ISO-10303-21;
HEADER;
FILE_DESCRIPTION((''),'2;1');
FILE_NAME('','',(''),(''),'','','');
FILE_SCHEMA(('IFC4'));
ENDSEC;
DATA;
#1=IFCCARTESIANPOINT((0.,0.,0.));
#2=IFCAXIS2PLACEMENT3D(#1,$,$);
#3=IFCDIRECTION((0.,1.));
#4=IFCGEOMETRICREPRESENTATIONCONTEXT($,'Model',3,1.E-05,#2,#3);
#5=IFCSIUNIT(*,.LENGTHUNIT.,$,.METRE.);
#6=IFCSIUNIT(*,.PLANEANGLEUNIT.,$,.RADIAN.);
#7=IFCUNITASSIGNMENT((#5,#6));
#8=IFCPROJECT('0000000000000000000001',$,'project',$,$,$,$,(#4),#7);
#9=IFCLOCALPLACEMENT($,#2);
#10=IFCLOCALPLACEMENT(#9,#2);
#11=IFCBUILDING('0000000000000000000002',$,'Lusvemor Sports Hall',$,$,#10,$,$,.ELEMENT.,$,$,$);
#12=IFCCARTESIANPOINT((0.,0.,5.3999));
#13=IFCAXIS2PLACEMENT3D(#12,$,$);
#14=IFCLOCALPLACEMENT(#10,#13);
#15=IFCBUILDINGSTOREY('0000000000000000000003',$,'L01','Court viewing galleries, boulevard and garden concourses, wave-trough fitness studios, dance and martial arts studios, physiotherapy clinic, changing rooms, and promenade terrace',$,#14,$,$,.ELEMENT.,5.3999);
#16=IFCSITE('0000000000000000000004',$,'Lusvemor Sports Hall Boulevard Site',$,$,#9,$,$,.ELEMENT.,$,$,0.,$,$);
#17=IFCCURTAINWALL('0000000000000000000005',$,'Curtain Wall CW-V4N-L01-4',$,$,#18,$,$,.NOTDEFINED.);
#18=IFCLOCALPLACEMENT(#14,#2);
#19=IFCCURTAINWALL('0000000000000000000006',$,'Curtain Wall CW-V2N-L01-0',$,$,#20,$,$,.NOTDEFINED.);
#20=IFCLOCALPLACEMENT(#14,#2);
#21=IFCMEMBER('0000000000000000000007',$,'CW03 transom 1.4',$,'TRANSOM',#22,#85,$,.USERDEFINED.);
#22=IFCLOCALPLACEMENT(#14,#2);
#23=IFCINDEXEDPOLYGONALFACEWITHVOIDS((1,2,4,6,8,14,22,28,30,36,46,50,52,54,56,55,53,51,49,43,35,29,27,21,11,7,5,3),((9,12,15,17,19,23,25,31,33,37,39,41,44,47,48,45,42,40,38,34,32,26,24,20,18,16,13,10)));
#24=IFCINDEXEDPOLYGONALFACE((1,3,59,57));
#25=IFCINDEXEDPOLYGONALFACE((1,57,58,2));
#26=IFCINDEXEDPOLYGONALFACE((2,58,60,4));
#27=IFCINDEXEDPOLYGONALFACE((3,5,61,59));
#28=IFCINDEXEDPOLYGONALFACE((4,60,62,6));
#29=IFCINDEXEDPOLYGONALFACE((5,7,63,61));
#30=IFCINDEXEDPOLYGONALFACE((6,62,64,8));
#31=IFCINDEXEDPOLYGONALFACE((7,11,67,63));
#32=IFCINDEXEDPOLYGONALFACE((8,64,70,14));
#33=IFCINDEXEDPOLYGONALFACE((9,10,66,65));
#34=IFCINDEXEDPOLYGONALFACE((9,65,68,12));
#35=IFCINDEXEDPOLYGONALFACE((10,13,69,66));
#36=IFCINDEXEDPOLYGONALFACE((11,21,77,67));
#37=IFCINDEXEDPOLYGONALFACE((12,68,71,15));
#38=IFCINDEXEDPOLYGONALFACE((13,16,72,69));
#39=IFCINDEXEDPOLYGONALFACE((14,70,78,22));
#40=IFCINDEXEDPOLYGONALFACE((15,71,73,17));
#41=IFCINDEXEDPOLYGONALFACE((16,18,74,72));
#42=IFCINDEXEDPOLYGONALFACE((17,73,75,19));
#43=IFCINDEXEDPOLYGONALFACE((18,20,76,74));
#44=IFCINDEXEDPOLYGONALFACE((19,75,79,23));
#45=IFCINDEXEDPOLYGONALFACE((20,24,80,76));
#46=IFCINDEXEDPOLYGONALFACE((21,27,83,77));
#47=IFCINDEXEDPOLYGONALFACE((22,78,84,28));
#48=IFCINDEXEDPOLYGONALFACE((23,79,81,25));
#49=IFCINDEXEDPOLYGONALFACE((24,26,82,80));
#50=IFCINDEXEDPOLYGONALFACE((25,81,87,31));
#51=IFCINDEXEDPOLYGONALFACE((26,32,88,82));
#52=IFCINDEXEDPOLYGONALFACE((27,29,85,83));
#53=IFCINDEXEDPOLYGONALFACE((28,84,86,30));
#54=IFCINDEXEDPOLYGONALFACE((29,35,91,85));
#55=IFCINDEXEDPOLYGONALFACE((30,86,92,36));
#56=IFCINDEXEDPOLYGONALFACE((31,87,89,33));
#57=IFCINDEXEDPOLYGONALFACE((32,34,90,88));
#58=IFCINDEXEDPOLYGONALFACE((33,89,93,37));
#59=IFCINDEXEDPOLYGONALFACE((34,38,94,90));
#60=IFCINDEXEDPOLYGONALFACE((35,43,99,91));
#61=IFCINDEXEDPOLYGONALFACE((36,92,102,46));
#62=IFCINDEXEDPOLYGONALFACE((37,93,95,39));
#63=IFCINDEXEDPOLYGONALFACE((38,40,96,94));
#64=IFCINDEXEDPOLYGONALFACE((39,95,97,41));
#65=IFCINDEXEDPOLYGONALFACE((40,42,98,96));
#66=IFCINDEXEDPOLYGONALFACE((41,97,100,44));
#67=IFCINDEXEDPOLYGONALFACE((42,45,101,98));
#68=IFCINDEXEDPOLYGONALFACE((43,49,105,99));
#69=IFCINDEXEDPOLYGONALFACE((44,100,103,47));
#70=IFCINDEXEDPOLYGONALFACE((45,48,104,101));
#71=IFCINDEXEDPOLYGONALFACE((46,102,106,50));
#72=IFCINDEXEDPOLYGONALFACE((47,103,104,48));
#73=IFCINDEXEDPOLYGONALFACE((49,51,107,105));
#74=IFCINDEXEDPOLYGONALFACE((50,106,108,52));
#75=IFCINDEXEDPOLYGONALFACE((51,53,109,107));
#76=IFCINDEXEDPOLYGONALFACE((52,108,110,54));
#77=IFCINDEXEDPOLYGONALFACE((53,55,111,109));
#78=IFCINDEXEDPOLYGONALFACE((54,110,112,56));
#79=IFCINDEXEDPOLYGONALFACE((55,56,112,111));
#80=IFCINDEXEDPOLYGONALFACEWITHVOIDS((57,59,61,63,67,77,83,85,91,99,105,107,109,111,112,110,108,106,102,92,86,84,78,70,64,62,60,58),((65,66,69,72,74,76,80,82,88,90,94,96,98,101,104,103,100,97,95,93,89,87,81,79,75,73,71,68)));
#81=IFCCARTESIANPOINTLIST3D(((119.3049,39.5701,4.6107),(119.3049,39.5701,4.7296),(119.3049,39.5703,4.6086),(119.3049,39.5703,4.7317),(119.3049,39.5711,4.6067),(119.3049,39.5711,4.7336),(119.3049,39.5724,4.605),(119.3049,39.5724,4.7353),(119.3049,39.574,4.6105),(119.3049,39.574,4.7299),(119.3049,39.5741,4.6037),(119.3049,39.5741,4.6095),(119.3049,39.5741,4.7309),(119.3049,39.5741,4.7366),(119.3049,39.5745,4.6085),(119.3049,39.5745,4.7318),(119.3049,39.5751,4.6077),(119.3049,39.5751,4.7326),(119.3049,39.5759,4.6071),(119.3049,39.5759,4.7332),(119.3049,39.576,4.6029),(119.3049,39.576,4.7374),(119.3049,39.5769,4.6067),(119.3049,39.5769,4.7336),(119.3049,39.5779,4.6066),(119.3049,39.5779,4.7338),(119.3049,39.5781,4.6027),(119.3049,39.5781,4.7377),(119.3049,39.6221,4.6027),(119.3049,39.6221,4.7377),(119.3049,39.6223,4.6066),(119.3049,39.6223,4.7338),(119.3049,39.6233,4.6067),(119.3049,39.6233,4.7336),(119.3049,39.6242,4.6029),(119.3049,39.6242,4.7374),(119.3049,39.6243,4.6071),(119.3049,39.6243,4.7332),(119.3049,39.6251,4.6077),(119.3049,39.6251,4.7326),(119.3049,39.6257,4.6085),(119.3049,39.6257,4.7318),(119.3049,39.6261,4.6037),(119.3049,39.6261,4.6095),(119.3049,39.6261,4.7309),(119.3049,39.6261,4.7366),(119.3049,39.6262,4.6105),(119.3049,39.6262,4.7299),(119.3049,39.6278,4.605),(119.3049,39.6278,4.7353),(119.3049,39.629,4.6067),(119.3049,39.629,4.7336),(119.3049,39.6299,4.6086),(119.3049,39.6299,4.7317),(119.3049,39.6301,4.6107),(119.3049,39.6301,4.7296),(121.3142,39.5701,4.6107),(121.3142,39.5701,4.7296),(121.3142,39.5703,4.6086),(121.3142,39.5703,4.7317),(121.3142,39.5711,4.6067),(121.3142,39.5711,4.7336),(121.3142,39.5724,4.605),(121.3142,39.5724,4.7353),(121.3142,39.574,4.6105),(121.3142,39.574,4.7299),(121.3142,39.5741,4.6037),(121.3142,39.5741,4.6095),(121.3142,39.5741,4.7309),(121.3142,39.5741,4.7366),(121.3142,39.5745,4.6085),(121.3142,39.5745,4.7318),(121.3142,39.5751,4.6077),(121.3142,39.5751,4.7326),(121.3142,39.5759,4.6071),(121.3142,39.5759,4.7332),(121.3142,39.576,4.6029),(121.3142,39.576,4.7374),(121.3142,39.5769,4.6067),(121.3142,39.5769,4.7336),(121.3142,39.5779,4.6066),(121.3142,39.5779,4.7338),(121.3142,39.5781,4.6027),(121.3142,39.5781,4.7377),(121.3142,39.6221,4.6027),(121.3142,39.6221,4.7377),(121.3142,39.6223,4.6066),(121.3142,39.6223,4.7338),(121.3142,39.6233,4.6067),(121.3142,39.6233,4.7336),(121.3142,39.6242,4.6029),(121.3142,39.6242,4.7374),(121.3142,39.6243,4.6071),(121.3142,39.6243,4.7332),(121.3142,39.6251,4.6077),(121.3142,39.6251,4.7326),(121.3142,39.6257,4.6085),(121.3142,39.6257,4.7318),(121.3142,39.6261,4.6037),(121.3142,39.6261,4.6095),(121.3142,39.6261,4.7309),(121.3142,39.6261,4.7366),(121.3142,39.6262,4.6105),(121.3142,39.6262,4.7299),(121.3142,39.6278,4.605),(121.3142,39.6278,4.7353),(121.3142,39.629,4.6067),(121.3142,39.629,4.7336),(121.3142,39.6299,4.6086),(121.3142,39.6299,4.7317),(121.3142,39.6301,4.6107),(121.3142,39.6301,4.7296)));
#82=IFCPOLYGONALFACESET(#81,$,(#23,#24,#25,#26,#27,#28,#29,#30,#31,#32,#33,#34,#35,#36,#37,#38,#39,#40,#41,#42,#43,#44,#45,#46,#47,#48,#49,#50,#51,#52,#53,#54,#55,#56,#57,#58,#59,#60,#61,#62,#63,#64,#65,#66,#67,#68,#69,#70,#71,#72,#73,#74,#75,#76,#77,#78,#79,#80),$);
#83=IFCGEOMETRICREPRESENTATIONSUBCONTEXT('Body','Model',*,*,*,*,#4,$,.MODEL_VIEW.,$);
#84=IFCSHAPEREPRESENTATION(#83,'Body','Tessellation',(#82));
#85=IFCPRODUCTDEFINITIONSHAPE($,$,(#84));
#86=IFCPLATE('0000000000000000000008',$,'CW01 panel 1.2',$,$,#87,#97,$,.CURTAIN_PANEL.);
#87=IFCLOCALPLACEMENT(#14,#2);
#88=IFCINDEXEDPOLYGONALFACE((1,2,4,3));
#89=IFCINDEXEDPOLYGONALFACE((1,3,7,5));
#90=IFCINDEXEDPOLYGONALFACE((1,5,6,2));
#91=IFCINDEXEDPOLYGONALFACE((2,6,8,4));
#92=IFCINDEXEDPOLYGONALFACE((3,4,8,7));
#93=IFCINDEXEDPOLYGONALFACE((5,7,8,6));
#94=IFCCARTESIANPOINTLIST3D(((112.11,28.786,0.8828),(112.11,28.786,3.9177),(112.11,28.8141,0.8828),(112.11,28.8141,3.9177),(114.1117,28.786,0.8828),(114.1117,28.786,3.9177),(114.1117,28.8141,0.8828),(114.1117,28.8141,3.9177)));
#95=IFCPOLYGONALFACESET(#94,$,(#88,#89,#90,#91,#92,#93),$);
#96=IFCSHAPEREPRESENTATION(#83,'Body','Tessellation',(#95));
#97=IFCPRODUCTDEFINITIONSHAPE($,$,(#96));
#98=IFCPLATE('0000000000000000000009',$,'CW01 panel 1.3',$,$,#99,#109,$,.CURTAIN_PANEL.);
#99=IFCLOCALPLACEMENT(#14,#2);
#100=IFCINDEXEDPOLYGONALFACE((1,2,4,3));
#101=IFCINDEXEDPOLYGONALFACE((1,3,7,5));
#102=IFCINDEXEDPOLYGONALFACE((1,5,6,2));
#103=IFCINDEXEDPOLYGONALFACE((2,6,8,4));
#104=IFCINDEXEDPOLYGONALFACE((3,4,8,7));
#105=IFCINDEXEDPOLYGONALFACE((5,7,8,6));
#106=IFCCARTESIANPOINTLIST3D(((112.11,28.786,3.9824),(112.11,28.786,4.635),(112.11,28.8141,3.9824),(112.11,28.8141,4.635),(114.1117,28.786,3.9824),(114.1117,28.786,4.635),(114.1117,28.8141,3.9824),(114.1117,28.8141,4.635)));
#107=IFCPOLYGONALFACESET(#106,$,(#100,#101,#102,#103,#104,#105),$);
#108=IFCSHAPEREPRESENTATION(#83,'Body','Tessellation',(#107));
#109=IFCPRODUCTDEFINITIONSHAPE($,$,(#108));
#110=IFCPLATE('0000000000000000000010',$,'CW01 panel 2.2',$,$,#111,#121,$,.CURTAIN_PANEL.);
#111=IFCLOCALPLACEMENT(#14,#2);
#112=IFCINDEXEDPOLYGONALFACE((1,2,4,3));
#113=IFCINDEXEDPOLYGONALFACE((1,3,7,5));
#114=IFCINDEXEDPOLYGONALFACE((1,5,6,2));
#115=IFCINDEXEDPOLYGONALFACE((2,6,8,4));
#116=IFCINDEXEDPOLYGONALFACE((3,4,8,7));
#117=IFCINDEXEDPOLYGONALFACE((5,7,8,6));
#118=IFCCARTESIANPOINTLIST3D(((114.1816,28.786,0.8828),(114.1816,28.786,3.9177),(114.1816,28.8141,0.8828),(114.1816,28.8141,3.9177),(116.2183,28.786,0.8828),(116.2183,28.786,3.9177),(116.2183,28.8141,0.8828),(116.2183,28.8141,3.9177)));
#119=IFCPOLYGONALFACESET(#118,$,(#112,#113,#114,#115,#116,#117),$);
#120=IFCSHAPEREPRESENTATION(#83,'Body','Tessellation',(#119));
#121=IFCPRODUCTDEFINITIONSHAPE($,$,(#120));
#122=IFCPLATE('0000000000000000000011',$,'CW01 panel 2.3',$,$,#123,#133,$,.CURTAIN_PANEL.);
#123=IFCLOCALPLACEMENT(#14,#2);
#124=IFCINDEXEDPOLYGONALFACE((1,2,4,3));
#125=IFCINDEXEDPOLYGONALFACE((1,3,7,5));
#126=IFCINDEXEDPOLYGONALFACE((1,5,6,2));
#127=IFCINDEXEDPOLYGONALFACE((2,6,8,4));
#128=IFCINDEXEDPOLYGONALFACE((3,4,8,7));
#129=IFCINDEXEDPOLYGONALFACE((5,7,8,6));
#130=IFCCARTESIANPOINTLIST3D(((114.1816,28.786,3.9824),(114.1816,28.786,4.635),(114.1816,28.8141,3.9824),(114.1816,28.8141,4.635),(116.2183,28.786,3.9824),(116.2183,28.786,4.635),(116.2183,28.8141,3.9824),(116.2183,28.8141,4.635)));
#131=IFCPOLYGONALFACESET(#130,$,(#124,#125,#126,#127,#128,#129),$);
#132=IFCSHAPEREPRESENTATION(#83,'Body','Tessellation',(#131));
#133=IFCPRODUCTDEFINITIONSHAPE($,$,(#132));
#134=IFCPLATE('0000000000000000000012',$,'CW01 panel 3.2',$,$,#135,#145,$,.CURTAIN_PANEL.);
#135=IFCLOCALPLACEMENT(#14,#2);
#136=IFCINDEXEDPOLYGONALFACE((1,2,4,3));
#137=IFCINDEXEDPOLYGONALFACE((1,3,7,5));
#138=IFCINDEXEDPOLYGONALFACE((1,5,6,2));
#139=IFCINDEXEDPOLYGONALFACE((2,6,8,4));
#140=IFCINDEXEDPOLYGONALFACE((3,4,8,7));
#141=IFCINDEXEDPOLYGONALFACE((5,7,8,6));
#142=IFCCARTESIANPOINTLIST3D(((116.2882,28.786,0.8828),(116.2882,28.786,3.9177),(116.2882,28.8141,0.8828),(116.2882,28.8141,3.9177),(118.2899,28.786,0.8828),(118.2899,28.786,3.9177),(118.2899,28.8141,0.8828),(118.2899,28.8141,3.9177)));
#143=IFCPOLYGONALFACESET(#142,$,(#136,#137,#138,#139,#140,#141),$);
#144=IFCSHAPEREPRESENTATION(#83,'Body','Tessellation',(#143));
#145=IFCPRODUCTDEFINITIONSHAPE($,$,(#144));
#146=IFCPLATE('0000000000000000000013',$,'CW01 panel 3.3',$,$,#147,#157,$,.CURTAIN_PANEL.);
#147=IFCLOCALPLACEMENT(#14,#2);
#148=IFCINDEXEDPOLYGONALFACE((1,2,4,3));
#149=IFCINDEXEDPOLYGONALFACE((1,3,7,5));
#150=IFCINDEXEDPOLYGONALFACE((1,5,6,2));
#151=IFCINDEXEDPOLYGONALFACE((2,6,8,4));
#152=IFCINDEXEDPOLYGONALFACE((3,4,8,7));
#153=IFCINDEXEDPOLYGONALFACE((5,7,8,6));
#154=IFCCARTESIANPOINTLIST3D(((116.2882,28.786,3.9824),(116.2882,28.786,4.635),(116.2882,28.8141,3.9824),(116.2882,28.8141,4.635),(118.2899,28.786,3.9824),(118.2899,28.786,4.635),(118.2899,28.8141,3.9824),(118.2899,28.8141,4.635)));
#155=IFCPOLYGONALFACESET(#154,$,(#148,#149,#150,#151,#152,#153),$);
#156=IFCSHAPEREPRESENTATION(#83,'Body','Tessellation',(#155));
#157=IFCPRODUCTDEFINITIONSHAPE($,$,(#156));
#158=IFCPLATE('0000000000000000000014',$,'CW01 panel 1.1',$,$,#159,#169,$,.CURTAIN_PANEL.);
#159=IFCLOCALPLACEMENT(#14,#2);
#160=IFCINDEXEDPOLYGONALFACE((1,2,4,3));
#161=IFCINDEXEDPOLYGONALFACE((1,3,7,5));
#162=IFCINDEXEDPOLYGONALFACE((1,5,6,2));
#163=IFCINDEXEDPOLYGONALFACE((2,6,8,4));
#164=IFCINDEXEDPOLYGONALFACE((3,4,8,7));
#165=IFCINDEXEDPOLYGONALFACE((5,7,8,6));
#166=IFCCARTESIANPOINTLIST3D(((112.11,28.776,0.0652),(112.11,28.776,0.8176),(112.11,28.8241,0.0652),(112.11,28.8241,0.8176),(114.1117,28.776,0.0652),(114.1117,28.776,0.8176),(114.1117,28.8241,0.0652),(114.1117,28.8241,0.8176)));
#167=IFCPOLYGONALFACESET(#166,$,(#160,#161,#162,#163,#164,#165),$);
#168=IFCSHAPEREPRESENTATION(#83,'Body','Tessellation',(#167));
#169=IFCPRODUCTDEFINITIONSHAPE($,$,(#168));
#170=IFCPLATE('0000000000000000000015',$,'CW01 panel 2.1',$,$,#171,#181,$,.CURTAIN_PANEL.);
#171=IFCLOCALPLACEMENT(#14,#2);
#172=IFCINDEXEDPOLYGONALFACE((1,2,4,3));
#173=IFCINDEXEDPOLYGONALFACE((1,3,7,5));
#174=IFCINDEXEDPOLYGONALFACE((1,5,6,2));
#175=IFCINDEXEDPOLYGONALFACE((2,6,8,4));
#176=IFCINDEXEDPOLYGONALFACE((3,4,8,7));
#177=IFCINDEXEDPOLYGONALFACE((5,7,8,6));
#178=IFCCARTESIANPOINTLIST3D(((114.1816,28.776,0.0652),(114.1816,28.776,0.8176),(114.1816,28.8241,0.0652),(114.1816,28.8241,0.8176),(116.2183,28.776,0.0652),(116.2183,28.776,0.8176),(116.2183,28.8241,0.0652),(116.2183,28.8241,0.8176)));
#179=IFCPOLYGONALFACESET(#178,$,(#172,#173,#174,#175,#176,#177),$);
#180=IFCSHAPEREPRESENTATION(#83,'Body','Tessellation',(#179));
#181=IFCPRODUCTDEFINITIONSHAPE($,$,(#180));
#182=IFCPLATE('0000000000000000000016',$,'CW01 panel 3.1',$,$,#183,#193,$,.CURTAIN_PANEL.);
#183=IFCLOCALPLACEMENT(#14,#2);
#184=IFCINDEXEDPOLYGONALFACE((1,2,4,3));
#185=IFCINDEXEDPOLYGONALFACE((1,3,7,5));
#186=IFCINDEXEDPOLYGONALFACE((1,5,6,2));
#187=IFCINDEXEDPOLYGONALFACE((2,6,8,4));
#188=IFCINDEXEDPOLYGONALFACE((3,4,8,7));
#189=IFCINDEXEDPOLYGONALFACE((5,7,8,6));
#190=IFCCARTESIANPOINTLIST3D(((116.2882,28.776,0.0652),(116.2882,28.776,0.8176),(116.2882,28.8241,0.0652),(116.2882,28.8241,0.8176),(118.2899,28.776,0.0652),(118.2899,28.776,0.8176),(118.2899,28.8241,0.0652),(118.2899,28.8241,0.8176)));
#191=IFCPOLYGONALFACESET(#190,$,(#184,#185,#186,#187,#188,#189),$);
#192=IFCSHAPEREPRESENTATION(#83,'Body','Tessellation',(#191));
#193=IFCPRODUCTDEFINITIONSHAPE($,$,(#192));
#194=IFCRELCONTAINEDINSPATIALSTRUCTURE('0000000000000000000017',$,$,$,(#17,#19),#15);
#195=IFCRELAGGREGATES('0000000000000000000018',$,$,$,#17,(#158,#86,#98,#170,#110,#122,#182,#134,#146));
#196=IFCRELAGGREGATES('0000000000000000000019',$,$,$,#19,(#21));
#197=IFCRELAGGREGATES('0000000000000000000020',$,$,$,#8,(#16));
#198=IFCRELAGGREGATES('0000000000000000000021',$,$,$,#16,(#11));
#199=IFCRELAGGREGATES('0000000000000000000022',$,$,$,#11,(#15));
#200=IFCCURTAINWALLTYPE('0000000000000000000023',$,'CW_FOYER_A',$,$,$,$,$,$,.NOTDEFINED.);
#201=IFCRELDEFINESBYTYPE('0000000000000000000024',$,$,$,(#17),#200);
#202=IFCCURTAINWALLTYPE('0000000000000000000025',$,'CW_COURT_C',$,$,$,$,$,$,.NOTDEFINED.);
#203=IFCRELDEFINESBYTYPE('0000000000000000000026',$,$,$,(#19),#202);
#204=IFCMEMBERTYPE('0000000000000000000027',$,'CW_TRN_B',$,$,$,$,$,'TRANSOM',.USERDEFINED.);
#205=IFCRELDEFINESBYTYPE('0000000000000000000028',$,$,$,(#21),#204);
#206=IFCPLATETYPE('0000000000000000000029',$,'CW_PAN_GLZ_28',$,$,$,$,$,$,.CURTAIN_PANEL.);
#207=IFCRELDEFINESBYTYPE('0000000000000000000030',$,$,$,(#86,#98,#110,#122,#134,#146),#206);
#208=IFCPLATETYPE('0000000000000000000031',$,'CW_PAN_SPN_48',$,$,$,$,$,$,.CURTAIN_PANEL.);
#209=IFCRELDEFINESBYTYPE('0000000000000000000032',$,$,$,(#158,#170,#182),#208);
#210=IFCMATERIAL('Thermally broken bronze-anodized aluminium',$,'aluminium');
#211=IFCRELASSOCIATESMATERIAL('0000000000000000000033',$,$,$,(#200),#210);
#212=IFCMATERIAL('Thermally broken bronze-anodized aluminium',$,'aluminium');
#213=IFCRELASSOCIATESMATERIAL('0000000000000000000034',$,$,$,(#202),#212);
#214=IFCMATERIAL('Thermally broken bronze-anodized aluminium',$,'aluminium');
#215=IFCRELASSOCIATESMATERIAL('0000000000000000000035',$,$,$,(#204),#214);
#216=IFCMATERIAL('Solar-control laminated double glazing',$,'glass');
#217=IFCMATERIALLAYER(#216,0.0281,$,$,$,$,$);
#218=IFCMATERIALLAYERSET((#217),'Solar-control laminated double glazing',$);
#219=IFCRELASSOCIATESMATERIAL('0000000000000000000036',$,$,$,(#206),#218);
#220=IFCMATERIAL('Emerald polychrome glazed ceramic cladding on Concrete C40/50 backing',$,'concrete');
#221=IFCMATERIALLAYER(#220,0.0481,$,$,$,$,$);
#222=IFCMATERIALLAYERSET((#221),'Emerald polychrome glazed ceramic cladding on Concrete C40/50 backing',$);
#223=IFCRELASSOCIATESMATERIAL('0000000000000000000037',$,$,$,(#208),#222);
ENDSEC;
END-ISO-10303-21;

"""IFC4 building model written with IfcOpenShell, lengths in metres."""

from ifc_helpers import new_model, si_unit, direction, frame, origin, origin_2d, place, context, subcontext, project, spatial, rectangle, hollow_rectangle, extrude, material, layer, layer_set, material_profile, profile_set, type_object, element, aggregate, save


model = new_model("IFC4")

# Units and contexts
model_context = context("Model", 3, precision=1e-05, world=origin(), true_north=direction((0.0, 1.0)))
body_context = subcontext(model_context, "Body", "Model", "MODEL_VIEW")
ifc_project = project(units=[si_unit("LENGTHUNIT", "METRE"), si_unit("PLANEANGLEUNIT", "RADIAN")], contexts=[model_context])

# Site, building, storey
site_placement = place(None, origin())
site = spatial("IfcSite", under=ifc_project, at=site_placement, Name="Lusvemor Sports Hall Boulevard Site", CompositionType="ELEMENT", RefElevation=0.0)
building_placement = place(site_placement, origin())
building = spatial("IfcBuilding", under=site, at=building_placement, Name="Lusvemor Sports Hall", CompositionType="ELEMENT")
storey_placement = place(building_placement, frame((0.0, 0.0, 5.3999)))
storey = spatial("IfcBuildingStorey", under=building, at=storey_placement, Name="L01", Description="Court viewing galleries, boulevard and garden concourses, wave-trough fitness studios, dance and martial arts studios, physiotherapy clinic, changing rooms, and promenade terrace", CompositionType="ELEMENT", Elevation=5.3999)

# Curtain wall
ifc_material_1 = material(Name="Thermally broken bronze-anodized aluminium", Category="aluminium")
curtain_wall_type_1 = type_object("IfcCurtainWallType", Name="CW_FOYER_A", PredefinedType="NOTDEFINED", material=ifc_material_1)
curtain_wall_1_placement = place(storey_placement, origin())
curtain_wall_1 = element("IfcCurtainWall", 1, at=curtain_wall_1_placement, inside=storey, type_object=curtain_wall_type_1, Name="Curtain Wall CW-V4N-L01-4", PredefinedType="NOTDEFINED")

# Curtain wall
ifc_material_2 = material(Name="Thermally broken bronze-anodized aluminium", Category="aluminium")
curtain_wall_type_2 = type_object("IfcCurtainWallType", Name="CW_COURT_C", PredefinedType="NOTDEFINED", material=ifc_material_2)
curtain_wall_2_placement = place(storey_placement, origin())
curtain_wall_2 = element("IfcCurtainWall", 2, at=curtain_wall_2_placement, inside=storey, type_object=curtain_wall_type_2, Name="Curtain Wall CW-V2N-L01-0", PredefinedType="NOTDEFINED")

# Member
ifc_material_3 = material(Name="Thermally broken bronze-anodized aluminium", Category="aluminium")
ifc_material_profile_1 = material_profile(ifc_material_3, hollow_rectangle(XDim=0.0601, YDim=0.135, WallThickness=0.0039, InnerFilletRadius=0.0039, OuterFilletRadius=0.0081, at=origin_2d()), Name="CWTRN135x60x4")
ifc_profile_set_1 = profile_set([ifc_material_profile_1], Name="Thermally broken bronze-anodized aluminium")
member_type_1 = type_object("IfcMemberType", Name="CW_TRN_B", ElementType="TRANSOM", PredefinedType="USERDEFINED", material=ifc_profile_set_1)
member_1_placement = place(storey_placement, frame((119.3049, 39.6001, 4.6702), z_axis=(1.0, 0.0, 0.0), x_axis=(0.0, 1.0, 0.0)))
member_1 = element("IfcMember", 3, at=member_1_placement, type_object=member_type_1, Name="CW03 transom 1.4", ObjectType="TRANSOM", PredefinedType="USERDEFINED", context=body_context, shape_type="SweptSolid", body=[
    extrude(hollow_rectangle(XDim=0.0601, YDim=0.135, WallThickness=0.0039, InnerFilletRadius=0.0039, OuterFilletRadius=0.0081, at=origin_2d()), origin(), (0.0, 0.0, 1.0), 2.0093),
])

# Plates
ifc_material_4 = material(Name="Solar-control laminated double glazing", Category="glass")
ifc_layer_1 = layer(ifc_material_4, 0.0281)
ifc_layer_set_1 = layer_set([ifc_layer_1], Name="Solar-control laminated double glazing")
plate_type_1 = type_object("IfcPlateType", Name="CW_PAN_GLZ_28", PredefinedType="CURTAIN_PANEL", material=ifc_layer_set_1)
plate_1_placement = place(storey_placement, frame((113.1108, 28.8, 0.8828), z_axis=(0.0, 0.0, 1.0), x_axis=(1.0, 0.0, 0.0)))
plate_1 = element("IfcPlate", 4, at=plate_1_placement, type_object=plate_type_1, Name="CW01 panel 1.2", PredefinedType="CURTAIN_PANEL", context=body_context, shape_type="SweptSolid", body=[
    extrude(rectangle(XDim=2.0017, YDim=0.0281, at=origin_2d()), origin(), (0.0, 0.0, 1.0), 3.0349),
])
plate_2_placement = place(storey_placement, frame((113.1108, 28.8, 3.9824), z_axis=(0.0, 0.0, 1.0), x_axis=(1.0, 0.0, 0.0)))
plate_2 = element("IfcPlate", 5, at=plate_2_placement, type_object=plate_type_1, Name="CW01 panel 1.3", PredefinedType="CURTAIN_PANEL", context=body_context, shape_type="SweptSolid", body=[
    extrude(rectangle(XDim=2.0017, YDim=0.0281, at=origin_2d()), origin(), (0.0, 0.0, 1.0), 0.6526),
])
plate_3_placement = place(storey_placement, frame((115.2, 28.8, 0.8828), z_axis=(0.0, 0.0, 1.0), x_axis=(1.0, 0.0, 0.0)))
plate_3 = element("IfcPlate", 6, at=plate_3_placement, type_object=plate_type_1, Name="CW01 panel 2.2", PredefinedType="CURTAIN_PANEL", context=body_context, shape_type="SweptSolid", body=[
    extrude(rectangle(XDim=2.0366, YDim=0.0281, at=origin_2d()), origin(), (0.0, 0.0, 1.0), 3.0349),
])
plate_4_placement = place(storey_placement, frame((115.2, 28.8, 3.9824), z_axis=(0.0, 0.0, 1.0), x_axis=(1.0, 0.0, 0.0)))
plate_4 = element("IfcPlate", 7, at=plate_4_placement, type_object=plate_type_1, Name="CW01 panel 2.3", PredefinedType="CURTAIN_PANEL", context=body_context, shape_type="SweptSolid", body=[
    extrude(rectangle(XDim=2.0366, YDim=0.0281, at=origin_2d()), origin(), (0.0, 0.0, 1.0), 0.6526),
])
plate_5_placement = place(storey_placement, frame((117.2891, 28.8, 0.8828), z_axis=(0.0, 0.0, 1.0), x_axis=(1.0, 0.0, 0.0)))
plate_5 = element("IfcPlate", 8, at=plate_5_placement, type_object=plate_type_1, Name="CW01 panel 3.2", PredefinedType="CURTAIN_PANEL", context=body_context, shape_type="SweptSolid", body=[
    extrude(rectangle(XDim=2.0017, YDim=0.0281, at=origin_2d()), origin(), (0.0, 0.0, 1.0), 3.0349),
])
plate_6_placement = place(storey_placement, frame((117.2891, 28.8, 3.9824), z_axis=(0.0, 0.0, 1.0), x_axis=(1.0, 0.0, 0.0)))
plate_6 = element("IfcPlate", 9, at=plate_6_placement, type_object=plate_type_1, Name="CW01 panel 3.3", PredefinedType="CURTAIN_PANEL", context=body_context, shape_type="SweptSolid", body=[
    extrude(rectangle(XDim=2.0017, YDim=0.0281, at=origin_2d()), origin(), (0.0, 0.0, 1.0), 0.6526),
])
ifc_material_5 = material(Name="Emerald polychrome glazed ceramic cladding on Concrete C40/50 backing", Category="concrete")
ifc_layer_2 = layer(ifc_material_5, 0.0481)
ifc_layer_set_2 = layer_set([ifc_layer_2], Name="Emerald polychrome glazed ceramic cladding on Concrete C40/50 backing")
plate_type_2 = type_object("IfcPlateType", Name="CW_PAN_SPN_48", PredefinedType="CURTAIN_PANEL", material=ifc_layer_set_2)
plate_7_placement = place(storey_placement, frame((113.1108, 28.8, 0.0652), z_axis=(0.0, 0.0, 1.0), x_axis=(1.0, 0.0, 0.0)))
plate_7 = element("IfcPlate", 10, at=plate_7_placement, type_object=plate_type_2, Name="CW01 panel 1.1", PredefinedType="CURTAIN_PANEL", context=body_context, shape_type="SweptSolid", body=[
    extrude(rectangle(XDim=2.0017, YDim=0.0481, at=origin_2d()), origin(), (0.0, 0.0, 1.0), 0.7524),
])
plate_8_placement = place(storey_placement, frame((115.2, 28.8, 0.0652), z_axis=(0.0, 0.0, 1.0), x_axis=(1.0, 0.0, 0.0)))
plate_8 = element("IfcPlate", 11, at=plate_8_placement, type_object=plate_type_2, Name="CW01 panel 2.1", PredefinedType="CURTAIN_PANEL", context=body_context, shape_type="SweptSolid", body=[
    extrude(rectangle(XDim=2.0366, YDim=0.0481, at=origin_2d()), origin(), (0.0, 0.0, 1.0), 0.7524),
])
plate_9_placement = place(storey_placement, frame((117.2891, 28.8, 0.0652), z_axis=(0.0, 0.0, 1.0), x_axis=(1.0, 0.0, 0.0)))
plate_9 = element("IfcPlate", 12, at=plate_9_placement, type_object=plate_type_2, Name="CW01 panel 3.1", PredefinedType="CURTAIN_PANEL", context=body_context, shape_type="SweptSolid", body=[
    extrude(rectangle(XDim=2.0017, YDim=0.0481, at=origin_2d()), origin(), (0.0, 0.0, 1.0), 0.7524),
])
aggregate(curtain_wall_1, [plate_7, plate_1, plate_2, plate_8, plate_3, plate_4, plate_9, plate_5, plate_6])
aggregate(curtain_wall_2, [member_1])

save(model, "model.ifc")
